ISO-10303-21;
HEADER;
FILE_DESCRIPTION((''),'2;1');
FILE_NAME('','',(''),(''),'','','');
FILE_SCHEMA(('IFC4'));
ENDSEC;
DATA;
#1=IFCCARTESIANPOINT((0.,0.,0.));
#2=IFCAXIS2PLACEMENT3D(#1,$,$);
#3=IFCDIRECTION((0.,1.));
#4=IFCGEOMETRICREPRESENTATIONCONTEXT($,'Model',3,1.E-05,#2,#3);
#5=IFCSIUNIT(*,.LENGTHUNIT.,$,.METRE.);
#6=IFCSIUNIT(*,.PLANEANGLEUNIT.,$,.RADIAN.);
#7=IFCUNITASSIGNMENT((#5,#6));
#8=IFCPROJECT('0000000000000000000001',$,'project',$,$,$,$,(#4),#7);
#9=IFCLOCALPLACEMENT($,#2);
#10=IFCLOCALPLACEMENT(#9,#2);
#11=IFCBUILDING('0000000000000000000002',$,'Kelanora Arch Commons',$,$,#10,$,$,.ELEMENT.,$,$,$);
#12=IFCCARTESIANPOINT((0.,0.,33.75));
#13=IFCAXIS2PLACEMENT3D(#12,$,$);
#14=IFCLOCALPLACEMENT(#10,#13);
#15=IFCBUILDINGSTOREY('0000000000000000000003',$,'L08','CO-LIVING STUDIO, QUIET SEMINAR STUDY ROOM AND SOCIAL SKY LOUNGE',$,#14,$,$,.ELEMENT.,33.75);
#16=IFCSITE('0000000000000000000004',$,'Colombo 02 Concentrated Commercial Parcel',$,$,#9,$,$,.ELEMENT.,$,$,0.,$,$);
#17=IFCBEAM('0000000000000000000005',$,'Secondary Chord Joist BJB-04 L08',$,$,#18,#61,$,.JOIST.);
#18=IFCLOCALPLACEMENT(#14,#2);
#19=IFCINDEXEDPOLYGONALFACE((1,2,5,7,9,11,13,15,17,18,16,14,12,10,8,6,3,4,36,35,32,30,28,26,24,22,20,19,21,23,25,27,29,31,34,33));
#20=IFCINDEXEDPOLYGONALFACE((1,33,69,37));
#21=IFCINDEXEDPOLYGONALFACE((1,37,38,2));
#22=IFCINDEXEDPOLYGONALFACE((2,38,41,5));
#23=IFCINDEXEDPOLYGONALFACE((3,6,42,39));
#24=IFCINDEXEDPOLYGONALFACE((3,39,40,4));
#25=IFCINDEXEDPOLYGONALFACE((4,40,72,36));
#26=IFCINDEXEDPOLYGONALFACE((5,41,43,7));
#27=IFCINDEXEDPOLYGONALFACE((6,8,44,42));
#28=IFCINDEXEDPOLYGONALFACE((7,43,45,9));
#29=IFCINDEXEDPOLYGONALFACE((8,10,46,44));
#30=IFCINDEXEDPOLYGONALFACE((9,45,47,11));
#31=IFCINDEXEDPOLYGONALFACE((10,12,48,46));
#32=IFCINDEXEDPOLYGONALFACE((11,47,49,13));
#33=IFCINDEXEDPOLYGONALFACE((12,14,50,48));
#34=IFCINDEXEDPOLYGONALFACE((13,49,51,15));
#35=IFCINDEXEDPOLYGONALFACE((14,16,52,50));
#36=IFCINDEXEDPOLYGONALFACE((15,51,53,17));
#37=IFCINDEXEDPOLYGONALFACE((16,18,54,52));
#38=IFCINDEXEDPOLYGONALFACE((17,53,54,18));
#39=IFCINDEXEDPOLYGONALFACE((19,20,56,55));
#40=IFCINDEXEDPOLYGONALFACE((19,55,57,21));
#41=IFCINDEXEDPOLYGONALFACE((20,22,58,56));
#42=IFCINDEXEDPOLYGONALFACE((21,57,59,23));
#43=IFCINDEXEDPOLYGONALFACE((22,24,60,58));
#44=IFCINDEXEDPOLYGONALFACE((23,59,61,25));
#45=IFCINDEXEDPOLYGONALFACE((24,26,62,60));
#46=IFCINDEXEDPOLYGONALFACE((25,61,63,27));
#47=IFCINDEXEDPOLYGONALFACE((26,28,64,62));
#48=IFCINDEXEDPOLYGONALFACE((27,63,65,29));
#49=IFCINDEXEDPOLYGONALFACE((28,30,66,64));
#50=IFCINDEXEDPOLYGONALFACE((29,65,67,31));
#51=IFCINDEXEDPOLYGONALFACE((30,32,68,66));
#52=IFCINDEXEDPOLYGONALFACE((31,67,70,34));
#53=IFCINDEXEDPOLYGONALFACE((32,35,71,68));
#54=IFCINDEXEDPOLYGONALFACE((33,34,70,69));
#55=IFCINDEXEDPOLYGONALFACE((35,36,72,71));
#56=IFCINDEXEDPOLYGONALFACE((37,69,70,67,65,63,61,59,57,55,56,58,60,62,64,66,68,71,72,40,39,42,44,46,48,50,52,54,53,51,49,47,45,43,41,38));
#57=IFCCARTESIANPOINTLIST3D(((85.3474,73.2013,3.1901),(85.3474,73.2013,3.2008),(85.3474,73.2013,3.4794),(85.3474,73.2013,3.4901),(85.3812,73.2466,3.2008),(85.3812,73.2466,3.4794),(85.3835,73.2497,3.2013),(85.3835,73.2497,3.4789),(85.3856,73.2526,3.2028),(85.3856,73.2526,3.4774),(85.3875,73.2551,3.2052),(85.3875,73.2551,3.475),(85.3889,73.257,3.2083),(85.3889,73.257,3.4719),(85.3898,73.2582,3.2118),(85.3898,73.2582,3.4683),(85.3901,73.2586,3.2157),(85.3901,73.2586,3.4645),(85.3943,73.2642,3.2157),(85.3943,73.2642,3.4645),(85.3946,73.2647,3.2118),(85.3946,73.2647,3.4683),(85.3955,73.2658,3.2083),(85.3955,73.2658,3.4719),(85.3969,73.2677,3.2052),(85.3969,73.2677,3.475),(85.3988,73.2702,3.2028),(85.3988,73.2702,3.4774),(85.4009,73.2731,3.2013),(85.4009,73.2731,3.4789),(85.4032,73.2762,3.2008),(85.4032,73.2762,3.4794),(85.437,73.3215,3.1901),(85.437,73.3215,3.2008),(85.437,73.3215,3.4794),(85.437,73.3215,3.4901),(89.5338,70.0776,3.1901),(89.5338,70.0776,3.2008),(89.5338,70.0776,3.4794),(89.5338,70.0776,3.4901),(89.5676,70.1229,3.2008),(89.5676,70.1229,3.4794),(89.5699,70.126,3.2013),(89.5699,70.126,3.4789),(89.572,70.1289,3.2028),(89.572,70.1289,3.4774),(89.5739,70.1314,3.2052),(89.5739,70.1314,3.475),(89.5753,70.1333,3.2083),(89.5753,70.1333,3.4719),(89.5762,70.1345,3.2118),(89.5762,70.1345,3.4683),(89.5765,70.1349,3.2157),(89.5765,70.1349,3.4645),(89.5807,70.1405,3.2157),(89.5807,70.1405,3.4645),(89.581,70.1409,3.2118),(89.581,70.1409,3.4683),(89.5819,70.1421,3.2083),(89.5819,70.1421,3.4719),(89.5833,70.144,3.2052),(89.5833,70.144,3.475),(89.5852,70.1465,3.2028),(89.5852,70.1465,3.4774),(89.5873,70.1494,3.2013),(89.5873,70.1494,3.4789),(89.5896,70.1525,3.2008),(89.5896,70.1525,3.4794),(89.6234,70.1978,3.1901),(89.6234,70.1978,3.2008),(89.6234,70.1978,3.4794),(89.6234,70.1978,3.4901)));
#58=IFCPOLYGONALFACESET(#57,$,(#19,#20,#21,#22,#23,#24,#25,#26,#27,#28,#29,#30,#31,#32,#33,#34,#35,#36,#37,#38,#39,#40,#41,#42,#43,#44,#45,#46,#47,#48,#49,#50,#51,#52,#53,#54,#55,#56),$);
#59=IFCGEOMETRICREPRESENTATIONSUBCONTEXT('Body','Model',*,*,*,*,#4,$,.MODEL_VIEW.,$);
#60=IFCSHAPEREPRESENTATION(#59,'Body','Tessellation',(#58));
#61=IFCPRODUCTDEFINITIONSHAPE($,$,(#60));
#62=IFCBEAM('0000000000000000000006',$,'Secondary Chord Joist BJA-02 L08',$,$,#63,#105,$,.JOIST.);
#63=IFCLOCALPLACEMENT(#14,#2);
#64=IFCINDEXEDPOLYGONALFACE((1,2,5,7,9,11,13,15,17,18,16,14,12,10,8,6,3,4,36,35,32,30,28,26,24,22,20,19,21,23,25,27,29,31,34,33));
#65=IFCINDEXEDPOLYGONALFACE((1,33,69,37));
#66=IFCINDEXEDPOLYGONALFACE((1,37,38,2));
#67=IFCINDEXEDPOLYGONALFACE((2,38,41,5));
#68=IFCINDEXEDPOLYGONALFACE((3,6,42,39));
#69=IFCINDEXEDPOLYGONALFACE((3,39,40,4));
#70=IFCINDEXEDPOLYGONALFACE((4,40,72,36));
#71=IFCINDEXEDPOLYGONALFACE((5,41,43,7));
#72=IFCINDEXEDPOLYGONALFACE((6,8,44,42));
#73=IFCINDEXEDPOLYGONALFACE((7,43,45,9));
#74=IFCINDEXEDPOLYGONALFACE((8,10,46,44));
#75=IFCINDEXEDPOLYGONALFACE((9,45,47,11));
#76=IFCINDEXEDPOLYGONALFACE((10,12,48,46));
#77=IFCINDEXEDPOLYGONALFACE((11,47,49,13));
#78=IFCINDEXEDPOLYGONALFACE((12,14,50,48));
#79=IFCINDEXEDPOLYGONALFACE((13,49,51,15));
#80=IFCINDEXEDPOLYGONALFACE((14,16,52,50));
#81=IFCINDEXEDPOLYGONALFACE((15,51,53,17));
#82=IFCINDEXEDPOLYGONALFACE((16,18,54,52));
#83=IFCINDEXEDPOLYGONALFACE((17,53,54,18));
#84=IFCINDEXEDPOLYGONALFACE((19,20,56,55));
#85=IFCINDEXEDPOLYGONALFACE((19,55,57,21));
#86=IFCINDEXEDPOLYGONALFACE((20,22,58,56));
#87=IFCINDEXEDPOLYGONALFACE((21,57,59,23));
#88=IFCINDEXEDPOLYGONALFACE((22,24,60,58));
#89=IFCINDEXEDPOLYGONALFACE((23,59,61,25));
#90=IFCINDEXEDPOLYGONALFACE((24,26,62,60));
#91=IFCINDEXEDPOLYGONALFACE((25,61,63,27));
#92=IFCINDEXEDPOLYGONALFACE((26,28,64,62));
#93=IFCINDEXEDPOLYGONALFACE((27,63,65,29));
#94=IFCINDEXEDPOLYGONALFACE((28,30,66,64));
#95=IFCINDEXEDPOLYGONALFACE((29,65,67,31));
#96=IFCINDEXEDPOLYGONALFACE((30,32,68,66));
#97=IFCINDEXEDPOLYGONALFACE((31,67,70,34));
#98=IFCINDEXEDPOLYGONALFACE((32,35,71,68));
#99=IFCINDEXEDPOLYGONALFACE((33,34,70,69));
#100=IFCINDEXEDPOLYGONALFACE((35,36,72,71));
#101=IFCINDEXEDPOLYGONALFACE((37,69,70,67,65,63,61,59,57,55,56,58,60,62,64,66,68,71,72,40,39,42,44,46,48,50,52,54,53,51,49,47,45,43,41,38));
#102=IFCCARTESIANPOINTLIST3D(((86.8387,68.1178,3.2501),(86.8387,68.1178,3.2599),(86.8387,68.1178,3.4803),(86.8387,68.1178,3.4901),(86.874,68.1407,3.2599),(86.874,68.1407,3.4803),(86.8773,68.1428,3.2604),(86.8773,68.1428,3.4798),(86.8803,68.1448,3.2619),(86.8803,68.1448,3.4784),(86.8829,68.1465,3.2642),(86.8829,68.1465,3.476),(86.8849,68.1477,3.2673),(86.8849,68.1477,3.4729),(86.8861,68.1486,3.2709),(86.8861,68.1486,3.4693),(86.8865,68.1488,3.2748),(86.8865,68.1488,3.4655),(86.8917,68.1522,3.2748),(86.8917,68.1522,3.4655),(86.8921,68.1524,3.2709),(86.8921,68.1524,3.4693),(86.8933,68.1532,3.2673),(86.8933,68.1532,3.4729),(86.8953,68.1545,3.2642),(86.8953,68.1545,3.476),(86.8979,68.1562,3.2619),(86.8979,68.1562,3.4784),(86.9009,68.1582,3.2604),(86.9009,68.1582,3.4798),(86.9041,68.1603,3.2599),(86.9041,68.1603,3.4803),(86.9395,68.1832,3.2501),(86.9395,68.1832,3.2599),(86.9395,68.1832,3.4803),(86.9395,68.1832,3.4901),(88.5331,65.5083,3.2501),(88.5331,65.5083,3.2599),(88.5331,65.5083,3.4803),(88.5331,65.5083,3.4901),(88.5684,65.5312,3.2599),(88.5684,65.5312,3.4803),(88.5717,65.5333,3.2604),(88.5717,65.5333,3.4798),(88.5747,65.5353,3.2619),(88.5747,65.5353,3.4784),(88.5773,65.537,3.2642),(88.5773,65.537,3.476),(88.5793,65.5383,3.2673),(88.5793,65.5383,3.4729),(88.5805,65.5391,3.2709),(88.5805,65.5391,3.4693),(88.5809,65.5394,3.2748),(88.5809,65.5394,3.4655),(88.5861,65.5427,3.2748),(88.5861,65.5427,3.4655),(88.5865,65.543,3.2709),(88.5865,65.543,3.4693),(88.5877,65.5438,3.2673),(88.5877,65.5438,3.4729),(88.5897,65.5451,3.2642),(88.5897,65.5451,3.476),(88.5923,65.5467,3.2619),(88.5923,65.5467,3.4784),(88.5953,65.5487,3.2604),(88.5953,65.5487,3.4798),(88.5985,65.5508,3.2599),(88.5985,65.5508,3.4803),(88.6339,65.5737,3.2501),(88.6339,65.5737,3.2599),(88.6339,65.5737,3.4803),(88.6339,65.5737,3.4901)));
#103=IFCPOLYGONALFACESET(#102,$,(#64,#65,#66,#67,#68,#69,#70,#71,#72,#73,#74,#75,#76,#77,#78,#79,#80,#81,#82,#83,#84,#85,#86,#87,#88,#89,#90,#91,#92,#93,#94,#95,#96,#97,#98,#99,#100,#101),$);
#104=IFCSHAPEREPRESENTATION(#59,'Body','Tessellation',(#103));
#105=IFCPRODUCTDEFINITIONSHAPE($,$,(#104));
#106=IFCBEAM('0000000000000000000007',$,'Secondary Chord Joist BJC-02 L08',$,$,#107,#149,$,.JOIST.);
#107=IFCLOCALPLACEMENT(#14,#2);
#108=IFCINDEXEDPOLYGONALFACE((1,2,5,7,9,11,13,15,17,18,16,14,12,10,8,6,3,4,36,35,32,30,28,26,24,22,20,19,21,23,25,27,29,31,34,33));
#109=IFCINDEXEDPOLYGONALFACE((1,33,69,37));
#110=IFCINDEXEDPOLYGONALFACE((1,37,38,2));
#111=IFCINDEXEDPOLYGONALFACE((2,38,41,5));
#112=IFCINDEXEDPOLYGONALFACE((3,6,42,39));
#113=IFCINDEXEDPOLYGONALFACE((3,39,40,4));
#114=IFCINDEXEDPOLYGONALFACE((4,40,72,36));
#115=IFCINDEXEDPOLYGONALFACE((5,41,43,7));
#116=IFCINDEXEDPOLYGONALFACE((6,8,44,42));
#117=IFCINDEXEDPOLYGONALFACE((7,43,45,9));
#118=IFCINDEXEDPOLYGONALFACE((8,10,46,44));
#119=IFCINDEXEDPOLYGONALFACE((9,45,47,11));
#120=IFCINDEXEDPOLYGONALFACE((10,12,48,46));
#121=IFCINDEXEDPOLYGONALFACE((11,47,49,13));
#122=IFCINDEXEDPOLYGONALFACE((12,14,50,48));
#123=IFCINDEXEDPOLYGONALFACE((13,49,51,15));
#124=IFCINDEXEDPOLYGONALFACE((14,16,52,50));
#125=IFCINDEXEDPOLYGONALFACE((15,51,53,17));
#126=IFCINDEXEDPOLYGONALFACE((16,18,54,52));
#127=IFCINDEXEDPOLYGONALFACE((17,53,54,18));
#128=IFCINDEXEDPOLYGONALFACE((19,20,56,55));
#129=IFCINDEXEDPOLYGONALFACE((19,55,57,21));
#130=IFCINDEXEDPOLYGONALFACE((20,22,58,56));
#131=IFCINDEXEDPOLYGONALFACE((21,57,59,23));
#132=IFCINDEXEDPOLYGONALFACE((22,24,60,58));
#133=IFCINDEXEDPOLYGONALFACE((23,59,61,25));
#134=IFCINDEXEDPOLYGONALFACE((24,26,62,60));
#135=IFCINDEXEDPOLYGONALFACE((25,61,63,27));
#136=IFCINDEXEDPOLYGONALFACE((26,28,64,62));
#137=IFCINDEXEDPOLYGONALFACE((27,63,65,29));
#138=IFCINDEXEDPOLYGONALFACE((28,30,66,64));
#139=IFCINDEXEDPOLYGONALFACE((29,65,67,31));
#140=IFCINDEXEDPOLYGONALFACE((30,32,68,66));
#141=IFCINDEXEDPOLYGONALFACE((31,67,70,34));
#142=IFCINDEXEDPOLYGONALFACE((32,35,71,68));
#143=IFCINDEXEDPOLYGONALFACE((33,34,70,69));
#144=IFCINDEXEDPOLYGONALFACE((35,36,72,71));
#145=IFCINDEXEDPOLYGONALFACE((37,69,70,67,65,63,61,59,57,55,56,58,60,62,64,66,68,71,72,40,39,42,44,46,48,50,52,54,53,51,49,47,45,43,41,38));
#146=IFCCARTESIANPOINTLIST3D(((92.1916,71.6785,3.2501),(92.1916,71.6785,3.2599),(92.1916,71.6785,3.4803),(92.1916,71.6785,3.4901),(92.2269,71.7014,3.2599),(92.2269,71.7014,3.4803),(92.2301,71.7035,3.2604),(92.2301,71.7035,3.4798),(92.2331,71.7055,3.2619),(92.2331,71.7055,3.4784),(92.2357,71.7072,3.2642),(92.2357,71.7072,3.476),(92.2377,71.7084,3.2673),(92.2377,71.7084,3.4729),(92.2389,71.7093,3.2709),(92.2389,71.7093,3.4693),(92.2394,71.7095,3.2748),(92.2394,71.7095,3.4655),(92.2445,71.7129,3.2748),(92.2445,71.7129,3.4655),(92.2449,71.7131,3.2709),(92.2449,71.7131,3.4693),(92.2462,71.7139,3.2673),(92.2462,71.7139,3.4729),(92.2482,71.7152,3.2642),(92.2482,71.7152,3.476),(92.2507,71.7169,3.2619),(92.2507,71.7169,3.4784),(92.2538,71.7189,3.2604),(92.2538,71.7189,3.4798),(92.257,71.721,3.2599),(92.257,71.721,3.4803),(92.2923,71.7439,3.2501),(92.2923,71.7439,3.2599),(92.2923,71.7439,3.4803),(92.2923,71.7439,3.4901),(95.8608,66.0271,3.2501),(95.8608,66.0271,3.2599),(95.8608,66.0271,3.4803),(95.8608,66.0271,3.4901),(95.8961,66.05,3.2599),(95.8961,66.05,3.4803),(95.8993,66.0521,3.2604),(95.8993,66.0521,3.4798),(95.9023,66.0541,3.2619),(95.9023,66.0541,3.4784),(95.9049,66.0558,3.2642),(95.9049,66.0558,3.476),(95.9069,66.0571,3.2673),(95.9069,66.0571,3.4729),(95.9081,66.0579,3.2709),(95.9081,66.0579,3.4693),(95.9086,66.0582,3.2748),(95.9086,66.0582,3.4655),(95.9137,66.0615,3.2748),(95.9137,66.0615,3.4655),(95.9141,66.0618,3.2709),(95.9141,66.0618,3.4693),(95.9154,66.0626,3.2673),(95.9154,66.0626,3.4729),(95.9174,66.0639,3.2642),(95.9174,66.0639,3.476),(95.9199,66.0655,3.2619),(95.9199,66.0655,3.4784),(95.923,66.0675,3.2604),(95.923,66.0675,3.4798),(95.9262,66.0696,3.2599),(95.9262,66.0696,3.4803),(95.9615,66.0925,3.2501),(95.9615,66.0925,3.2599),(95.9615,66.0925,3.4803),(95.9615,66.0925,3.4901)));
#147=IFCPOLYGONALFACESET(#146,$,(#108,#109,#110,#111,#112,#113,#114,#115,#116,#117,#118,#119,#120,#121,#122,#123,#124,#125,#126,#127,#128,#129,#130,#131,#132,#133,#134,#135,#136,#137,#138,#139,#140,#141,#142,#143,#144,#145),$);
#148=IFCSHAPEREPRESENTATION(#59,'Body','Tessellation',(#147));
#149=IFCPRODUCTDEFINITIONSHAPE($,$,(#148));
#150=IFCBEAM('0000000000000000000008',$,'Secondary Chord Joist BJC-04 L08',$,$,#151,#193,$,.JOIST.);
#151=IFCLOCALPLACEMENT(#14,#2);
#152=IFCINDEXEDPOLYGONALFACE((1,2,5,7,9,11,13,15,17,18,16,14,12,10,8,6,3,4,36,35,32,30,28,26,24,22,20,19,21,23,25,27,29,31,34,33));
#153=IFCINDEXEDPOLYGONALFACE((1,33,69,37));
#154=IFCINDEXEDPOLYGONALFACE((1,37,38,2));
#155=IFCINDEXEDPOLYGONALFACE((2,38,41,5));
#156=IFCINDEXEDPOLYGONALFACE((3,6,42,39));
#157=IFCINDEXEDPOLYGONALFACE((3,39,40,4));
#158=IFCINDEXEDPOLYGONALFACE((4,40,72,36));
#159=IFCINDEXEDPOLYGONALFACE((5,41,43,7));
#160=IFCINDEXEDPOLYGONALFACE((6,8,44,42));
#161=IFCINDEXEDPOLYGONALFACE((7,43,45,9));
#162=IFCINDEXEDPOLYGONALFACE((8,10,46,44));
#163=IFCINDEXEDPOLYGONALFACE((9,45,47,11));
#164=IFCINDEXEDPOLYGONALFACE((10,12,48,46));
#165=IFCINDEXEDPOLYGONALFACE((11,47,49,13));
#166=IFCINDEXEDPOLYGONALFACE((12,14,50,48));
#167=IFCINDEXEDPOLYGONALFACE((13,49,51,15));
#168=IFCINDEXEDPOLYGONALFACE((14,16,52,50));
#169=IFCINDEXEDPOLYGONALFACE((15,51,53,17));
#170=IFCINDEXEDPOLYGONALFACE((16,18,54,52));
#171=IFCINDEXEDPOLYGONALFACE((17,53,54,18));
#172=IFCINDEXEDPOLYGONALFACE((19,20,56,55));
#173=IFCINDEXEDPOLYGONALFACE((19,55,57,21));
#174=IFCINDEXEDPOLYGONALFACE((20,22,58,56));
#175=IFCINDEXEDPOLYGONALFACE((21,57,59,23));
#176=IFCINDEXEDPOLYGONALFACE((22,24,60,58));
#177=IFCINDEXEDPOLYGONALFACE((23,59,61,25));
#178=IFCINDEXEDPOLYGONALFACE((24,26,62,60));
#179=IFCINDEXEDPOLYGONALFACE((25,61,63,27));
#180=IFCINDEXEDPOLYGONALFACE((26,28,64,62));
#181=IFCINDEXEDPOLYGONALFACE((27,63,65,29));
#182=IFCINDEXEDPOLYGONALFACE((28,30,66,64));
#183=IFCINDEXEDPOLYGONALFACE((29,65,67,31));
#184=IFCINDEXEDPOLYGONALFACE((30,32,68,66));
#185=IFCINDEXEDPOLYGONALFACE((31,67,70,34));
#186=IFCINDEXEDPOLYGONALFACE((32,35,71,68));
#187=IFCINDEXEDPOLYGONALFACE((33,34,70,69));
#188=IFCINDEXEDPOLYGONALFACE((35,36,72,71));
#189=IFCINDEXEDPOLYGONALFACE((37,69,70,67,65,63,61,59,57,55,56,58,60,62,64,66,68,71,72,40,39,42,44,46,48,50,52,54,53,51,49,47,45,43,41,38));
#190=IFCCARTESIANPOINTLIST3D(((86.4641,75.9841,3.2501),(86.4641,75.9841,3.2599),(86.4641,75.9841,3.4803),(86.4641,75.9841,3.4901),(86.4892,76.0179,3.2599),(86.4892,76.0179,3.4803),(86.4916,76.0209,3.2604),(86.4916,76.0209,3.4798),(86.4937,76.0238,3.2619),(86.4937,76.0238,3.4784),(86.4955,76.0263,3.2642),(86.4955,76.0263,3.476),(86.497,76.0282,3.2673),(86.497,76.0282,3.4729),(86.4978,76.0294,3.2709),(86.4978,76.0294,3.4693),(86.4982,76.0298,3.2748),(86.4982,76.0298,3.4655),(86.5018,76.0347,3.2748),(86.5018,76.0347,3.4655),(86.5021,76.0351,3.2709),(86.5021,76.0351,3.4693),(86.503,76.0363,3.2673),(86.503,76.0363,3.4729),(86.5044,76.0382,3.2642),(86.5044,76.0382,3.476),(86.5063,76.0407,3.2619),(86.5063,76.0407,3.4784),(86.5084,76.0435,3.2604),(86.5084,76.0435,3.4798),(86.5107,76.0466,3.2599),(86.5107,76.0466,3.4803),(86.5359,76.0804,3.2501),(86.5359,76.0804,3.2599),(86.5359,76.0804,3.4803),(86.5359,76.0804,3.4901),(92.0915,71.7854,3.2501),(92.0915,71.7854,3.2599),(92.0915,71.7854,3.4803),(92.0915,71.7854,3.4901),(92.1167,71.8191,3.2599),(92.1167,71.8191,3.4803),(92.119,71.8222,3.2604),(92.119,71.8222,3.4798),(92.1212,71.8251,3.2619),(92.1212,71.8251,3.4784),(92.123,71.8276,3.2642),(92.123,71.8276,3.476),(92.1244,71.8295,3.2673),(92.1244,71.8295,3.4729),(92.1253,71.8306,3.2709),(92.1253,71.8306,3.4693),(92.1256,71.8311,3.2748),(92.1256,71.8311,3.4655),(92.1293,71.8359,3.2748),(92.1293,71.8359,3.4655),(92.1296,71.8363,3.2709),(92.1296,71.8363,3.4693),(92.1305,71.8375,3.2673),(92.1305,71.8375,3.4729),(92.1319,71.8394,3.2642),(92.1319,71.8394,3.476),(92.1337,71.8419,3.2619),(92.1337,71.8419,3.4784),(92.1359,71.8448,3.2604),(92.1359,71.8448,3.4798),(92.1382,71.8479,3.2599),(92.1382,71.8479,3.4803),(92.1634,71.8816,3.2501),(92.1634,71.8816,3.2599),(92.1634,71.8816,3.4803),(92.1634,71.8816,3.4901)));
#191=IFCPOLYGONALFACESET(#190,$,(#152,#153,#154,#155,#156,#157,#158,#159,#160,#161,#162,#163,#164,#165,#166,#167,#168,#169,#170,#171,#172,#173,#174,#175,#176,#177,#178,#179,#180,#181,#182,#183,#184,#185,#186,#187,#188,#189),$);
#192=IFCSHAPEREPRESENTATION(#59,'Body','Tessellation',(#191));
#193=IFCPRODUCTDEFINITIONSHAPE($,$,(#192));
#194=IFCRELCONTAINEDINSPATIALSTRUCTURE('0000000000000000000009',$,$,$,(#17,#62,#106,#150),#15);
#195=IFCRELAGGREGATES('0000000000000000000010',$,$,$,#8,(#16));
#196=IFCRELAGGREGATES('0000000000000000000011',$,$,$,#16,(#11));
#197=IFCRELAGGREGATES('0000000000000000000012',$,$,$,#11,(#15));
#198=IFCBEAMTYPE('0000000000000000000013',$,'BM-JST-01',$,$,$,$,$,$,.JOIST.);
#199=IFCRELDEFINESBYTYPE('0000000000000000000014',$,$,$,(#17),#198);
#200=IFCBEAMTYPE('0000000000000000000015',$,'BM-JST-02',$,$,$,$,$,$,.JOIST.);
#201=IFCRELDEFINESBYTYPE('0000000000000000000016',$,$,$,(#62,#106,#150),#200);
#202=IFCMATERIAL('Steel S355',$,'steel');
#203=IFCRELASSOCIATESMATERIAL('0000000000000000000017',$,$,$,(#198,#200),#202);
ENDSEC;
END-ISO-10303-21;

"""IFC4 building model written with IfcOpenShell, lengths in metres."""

from ifc_helpers import new_model, si_unit, direction, frame, origin, origin_2d, place, context, subcontext, project, spatial, i_section, extrude, material, material_profile, profile_set, type_object, element, save


model = new_model("IFC4")

# Units and contexts
model_context = context("Model", 3, precision=1e-05, world=origin(), true_north=direction((0.0, 1.0)))
body_context = subcontext(model_context, "Body", "Model", "MODEL_VIEW")
ifc_project = project(units=[si_unit("LENGTHUNIT", "METRE"), si_unit("PLANEANGLEUNIT", "RADIAN")], contexts=[model_context])

# Site, building, storey
site_placement = place(None, origin())
site = spatial("IfcSite", under=ifc_project, at=site_placement, Name="Colombo 02 Concentrated Commercial Parcel", CompositionType="ELEMENT", RefElevation=0.0)
building_placement = place(site_placement, origin())
building = spatial("IfcBuilding", under=site, at=building_placement, Name="Kelanora Arch Commons", CompositionType="ELEMENT")
storey_placement = place(building_placement, frame((0.0, 0.0, 33.75)))
storey = spatial("IfcBuildingStorey", under=building, at=storey_placement, Name="L08", Description="CO-LIVING STUDIO, QUIET SEMINAR STUDY ROOM AND SOCIAL SKY LOUNGE", CompositionType="ELEMENT", Elevation=33.75)

# Beams
ifc_material_1 = material(Name="Steel S355", Category="steel")
ifc_material_profile_1 = material_profile(ifc_material_1, i_section(OverallWidth=0.1499, OverallDepth=0.3, WebThickness=0.0071, FlangeThickness=0.0107, FilletRadius=0.0149, at=origin_2d()), Name="IPE300")
ifc_profile_set_1 = profile_set([ifc_material_profile_1], Name="Steel S355")
beam_type_1 = type_object("IfcBeamType", Name="BM-JST-01", PredefinedType="JOIST", material=ifc_profile_set_1)
beam_1_placement = place(storey_placement, frame((89.5786, 70.1377, 3.3401), z_axis=(-0.801478, 0.598024, 0.0), x_axis=(-0.598024, -0.801478, 0.0)))
element("IfcBeam", 1, at=beam_1_placement, inside=storey, type_object=beam_type_1, Name="Secondary Chord Joist BJB-04 L08", PredefinedType="JOIST", context=body_context, shape_type="SweptSolid", body=[
    extrude(i_section(OverallWidth=0.1499, OverallDepth=0.3, WebThickness=0.0071, FlangeThickness=0.0107, FilletRadius=0.0149, at=origin_2d()), origin(), (0.0, 0.0, 1.0), 5.2234),
])
ifc_material_profile_2 = material_profile(ifc_material_1, i_section(OverallWidth=0.1201, OverallDepth=0.24, WebThickness=0.0061, FlangeThickness=0.0098, FilletRadius=0.0149, at=origin_2d()), Name="IPE240")
ifc_profile_set_2 = profile_set([ifc_material_profile_2], Name="Steel S355")
beam_type_2 = type_object("IfcBeamType", Name="BM-JST-02", PredefinedType="JOIST", material=ifc_profile_set_2)
beam_2_placement = place(storey_placement, frame((88.5835, 65.541, 3.3701), z_axis=(-0.544591, 0.838702, 0.0), x_axis=(-0.838702, -0.544591, 0.0)))
element("IfcBeam", 2, at=beam_2_placement, inside=storey, type_object=beam_type_2, Name="Secondary Chord Joist BJA-02 L08", PredefinedType="JOIST", context=body_context, shape_type="SweptSolid", body=[
    extrude(i_section(OverallWidth=0.1201, OverallDepth=0.24, WebThickness=0.0061, FlangeThickness=0.0098, FilletRadius=0.0149, at=origin_2d()), origin(), (0.0, 0.0, 1.0), 3.1113),
])
beam_3_placement = place(storey_placement, frame((95.9111, 66.0598, 3.3701), z_axis=(-0.54455, 0.838728, 0.0), x_axis=(-0.838728, -0.54455, 0.0)))
element("IfcBeam", 3, at=beam_3_placement, inside=storey, type_object=beam_type_2, Name="Secondary Chord Joist BJC-02 L08", PredefinedType="JOIST", context=body_context, shape_type="SweptSolid", body=[
    extrude(i_section(OverallWidth=0.1201, OverallDepth=0.24, WebThickness=0.0061, FlangeThickness=0.0098, FilletRadius=0.0149, at=origin_2d()), origin(), (0.0, 0.0, 1.0), 6.738),
])
beam_4_placement = place(storey_placement, frame((92.1274, 71.8335, 3.3701), z_axis=(-0.801491, 0.598006, 0.0), x_axis=(-0.598006, -0.801491, 0.0)))
element("IfcBeam", 4, at=beam_4_placement, inside=storey, type_object=beam_type_2, Name="Secondary Chord Joist BJC-04 L08", PredefinedType="JOIST", context=body_context, shape_type="SweptSolid", body=[
    extrude(i_section(OverallWidth=0.1201, OverallDepth=0.24, WebThickness=0.0061, FlangeThickness=0.0098, FilletRadius=0.0149, at=origin_2d()), origin(), (0.0, 0.0, 1.0), 7.0212),
])

save(model, "model.ifc")
